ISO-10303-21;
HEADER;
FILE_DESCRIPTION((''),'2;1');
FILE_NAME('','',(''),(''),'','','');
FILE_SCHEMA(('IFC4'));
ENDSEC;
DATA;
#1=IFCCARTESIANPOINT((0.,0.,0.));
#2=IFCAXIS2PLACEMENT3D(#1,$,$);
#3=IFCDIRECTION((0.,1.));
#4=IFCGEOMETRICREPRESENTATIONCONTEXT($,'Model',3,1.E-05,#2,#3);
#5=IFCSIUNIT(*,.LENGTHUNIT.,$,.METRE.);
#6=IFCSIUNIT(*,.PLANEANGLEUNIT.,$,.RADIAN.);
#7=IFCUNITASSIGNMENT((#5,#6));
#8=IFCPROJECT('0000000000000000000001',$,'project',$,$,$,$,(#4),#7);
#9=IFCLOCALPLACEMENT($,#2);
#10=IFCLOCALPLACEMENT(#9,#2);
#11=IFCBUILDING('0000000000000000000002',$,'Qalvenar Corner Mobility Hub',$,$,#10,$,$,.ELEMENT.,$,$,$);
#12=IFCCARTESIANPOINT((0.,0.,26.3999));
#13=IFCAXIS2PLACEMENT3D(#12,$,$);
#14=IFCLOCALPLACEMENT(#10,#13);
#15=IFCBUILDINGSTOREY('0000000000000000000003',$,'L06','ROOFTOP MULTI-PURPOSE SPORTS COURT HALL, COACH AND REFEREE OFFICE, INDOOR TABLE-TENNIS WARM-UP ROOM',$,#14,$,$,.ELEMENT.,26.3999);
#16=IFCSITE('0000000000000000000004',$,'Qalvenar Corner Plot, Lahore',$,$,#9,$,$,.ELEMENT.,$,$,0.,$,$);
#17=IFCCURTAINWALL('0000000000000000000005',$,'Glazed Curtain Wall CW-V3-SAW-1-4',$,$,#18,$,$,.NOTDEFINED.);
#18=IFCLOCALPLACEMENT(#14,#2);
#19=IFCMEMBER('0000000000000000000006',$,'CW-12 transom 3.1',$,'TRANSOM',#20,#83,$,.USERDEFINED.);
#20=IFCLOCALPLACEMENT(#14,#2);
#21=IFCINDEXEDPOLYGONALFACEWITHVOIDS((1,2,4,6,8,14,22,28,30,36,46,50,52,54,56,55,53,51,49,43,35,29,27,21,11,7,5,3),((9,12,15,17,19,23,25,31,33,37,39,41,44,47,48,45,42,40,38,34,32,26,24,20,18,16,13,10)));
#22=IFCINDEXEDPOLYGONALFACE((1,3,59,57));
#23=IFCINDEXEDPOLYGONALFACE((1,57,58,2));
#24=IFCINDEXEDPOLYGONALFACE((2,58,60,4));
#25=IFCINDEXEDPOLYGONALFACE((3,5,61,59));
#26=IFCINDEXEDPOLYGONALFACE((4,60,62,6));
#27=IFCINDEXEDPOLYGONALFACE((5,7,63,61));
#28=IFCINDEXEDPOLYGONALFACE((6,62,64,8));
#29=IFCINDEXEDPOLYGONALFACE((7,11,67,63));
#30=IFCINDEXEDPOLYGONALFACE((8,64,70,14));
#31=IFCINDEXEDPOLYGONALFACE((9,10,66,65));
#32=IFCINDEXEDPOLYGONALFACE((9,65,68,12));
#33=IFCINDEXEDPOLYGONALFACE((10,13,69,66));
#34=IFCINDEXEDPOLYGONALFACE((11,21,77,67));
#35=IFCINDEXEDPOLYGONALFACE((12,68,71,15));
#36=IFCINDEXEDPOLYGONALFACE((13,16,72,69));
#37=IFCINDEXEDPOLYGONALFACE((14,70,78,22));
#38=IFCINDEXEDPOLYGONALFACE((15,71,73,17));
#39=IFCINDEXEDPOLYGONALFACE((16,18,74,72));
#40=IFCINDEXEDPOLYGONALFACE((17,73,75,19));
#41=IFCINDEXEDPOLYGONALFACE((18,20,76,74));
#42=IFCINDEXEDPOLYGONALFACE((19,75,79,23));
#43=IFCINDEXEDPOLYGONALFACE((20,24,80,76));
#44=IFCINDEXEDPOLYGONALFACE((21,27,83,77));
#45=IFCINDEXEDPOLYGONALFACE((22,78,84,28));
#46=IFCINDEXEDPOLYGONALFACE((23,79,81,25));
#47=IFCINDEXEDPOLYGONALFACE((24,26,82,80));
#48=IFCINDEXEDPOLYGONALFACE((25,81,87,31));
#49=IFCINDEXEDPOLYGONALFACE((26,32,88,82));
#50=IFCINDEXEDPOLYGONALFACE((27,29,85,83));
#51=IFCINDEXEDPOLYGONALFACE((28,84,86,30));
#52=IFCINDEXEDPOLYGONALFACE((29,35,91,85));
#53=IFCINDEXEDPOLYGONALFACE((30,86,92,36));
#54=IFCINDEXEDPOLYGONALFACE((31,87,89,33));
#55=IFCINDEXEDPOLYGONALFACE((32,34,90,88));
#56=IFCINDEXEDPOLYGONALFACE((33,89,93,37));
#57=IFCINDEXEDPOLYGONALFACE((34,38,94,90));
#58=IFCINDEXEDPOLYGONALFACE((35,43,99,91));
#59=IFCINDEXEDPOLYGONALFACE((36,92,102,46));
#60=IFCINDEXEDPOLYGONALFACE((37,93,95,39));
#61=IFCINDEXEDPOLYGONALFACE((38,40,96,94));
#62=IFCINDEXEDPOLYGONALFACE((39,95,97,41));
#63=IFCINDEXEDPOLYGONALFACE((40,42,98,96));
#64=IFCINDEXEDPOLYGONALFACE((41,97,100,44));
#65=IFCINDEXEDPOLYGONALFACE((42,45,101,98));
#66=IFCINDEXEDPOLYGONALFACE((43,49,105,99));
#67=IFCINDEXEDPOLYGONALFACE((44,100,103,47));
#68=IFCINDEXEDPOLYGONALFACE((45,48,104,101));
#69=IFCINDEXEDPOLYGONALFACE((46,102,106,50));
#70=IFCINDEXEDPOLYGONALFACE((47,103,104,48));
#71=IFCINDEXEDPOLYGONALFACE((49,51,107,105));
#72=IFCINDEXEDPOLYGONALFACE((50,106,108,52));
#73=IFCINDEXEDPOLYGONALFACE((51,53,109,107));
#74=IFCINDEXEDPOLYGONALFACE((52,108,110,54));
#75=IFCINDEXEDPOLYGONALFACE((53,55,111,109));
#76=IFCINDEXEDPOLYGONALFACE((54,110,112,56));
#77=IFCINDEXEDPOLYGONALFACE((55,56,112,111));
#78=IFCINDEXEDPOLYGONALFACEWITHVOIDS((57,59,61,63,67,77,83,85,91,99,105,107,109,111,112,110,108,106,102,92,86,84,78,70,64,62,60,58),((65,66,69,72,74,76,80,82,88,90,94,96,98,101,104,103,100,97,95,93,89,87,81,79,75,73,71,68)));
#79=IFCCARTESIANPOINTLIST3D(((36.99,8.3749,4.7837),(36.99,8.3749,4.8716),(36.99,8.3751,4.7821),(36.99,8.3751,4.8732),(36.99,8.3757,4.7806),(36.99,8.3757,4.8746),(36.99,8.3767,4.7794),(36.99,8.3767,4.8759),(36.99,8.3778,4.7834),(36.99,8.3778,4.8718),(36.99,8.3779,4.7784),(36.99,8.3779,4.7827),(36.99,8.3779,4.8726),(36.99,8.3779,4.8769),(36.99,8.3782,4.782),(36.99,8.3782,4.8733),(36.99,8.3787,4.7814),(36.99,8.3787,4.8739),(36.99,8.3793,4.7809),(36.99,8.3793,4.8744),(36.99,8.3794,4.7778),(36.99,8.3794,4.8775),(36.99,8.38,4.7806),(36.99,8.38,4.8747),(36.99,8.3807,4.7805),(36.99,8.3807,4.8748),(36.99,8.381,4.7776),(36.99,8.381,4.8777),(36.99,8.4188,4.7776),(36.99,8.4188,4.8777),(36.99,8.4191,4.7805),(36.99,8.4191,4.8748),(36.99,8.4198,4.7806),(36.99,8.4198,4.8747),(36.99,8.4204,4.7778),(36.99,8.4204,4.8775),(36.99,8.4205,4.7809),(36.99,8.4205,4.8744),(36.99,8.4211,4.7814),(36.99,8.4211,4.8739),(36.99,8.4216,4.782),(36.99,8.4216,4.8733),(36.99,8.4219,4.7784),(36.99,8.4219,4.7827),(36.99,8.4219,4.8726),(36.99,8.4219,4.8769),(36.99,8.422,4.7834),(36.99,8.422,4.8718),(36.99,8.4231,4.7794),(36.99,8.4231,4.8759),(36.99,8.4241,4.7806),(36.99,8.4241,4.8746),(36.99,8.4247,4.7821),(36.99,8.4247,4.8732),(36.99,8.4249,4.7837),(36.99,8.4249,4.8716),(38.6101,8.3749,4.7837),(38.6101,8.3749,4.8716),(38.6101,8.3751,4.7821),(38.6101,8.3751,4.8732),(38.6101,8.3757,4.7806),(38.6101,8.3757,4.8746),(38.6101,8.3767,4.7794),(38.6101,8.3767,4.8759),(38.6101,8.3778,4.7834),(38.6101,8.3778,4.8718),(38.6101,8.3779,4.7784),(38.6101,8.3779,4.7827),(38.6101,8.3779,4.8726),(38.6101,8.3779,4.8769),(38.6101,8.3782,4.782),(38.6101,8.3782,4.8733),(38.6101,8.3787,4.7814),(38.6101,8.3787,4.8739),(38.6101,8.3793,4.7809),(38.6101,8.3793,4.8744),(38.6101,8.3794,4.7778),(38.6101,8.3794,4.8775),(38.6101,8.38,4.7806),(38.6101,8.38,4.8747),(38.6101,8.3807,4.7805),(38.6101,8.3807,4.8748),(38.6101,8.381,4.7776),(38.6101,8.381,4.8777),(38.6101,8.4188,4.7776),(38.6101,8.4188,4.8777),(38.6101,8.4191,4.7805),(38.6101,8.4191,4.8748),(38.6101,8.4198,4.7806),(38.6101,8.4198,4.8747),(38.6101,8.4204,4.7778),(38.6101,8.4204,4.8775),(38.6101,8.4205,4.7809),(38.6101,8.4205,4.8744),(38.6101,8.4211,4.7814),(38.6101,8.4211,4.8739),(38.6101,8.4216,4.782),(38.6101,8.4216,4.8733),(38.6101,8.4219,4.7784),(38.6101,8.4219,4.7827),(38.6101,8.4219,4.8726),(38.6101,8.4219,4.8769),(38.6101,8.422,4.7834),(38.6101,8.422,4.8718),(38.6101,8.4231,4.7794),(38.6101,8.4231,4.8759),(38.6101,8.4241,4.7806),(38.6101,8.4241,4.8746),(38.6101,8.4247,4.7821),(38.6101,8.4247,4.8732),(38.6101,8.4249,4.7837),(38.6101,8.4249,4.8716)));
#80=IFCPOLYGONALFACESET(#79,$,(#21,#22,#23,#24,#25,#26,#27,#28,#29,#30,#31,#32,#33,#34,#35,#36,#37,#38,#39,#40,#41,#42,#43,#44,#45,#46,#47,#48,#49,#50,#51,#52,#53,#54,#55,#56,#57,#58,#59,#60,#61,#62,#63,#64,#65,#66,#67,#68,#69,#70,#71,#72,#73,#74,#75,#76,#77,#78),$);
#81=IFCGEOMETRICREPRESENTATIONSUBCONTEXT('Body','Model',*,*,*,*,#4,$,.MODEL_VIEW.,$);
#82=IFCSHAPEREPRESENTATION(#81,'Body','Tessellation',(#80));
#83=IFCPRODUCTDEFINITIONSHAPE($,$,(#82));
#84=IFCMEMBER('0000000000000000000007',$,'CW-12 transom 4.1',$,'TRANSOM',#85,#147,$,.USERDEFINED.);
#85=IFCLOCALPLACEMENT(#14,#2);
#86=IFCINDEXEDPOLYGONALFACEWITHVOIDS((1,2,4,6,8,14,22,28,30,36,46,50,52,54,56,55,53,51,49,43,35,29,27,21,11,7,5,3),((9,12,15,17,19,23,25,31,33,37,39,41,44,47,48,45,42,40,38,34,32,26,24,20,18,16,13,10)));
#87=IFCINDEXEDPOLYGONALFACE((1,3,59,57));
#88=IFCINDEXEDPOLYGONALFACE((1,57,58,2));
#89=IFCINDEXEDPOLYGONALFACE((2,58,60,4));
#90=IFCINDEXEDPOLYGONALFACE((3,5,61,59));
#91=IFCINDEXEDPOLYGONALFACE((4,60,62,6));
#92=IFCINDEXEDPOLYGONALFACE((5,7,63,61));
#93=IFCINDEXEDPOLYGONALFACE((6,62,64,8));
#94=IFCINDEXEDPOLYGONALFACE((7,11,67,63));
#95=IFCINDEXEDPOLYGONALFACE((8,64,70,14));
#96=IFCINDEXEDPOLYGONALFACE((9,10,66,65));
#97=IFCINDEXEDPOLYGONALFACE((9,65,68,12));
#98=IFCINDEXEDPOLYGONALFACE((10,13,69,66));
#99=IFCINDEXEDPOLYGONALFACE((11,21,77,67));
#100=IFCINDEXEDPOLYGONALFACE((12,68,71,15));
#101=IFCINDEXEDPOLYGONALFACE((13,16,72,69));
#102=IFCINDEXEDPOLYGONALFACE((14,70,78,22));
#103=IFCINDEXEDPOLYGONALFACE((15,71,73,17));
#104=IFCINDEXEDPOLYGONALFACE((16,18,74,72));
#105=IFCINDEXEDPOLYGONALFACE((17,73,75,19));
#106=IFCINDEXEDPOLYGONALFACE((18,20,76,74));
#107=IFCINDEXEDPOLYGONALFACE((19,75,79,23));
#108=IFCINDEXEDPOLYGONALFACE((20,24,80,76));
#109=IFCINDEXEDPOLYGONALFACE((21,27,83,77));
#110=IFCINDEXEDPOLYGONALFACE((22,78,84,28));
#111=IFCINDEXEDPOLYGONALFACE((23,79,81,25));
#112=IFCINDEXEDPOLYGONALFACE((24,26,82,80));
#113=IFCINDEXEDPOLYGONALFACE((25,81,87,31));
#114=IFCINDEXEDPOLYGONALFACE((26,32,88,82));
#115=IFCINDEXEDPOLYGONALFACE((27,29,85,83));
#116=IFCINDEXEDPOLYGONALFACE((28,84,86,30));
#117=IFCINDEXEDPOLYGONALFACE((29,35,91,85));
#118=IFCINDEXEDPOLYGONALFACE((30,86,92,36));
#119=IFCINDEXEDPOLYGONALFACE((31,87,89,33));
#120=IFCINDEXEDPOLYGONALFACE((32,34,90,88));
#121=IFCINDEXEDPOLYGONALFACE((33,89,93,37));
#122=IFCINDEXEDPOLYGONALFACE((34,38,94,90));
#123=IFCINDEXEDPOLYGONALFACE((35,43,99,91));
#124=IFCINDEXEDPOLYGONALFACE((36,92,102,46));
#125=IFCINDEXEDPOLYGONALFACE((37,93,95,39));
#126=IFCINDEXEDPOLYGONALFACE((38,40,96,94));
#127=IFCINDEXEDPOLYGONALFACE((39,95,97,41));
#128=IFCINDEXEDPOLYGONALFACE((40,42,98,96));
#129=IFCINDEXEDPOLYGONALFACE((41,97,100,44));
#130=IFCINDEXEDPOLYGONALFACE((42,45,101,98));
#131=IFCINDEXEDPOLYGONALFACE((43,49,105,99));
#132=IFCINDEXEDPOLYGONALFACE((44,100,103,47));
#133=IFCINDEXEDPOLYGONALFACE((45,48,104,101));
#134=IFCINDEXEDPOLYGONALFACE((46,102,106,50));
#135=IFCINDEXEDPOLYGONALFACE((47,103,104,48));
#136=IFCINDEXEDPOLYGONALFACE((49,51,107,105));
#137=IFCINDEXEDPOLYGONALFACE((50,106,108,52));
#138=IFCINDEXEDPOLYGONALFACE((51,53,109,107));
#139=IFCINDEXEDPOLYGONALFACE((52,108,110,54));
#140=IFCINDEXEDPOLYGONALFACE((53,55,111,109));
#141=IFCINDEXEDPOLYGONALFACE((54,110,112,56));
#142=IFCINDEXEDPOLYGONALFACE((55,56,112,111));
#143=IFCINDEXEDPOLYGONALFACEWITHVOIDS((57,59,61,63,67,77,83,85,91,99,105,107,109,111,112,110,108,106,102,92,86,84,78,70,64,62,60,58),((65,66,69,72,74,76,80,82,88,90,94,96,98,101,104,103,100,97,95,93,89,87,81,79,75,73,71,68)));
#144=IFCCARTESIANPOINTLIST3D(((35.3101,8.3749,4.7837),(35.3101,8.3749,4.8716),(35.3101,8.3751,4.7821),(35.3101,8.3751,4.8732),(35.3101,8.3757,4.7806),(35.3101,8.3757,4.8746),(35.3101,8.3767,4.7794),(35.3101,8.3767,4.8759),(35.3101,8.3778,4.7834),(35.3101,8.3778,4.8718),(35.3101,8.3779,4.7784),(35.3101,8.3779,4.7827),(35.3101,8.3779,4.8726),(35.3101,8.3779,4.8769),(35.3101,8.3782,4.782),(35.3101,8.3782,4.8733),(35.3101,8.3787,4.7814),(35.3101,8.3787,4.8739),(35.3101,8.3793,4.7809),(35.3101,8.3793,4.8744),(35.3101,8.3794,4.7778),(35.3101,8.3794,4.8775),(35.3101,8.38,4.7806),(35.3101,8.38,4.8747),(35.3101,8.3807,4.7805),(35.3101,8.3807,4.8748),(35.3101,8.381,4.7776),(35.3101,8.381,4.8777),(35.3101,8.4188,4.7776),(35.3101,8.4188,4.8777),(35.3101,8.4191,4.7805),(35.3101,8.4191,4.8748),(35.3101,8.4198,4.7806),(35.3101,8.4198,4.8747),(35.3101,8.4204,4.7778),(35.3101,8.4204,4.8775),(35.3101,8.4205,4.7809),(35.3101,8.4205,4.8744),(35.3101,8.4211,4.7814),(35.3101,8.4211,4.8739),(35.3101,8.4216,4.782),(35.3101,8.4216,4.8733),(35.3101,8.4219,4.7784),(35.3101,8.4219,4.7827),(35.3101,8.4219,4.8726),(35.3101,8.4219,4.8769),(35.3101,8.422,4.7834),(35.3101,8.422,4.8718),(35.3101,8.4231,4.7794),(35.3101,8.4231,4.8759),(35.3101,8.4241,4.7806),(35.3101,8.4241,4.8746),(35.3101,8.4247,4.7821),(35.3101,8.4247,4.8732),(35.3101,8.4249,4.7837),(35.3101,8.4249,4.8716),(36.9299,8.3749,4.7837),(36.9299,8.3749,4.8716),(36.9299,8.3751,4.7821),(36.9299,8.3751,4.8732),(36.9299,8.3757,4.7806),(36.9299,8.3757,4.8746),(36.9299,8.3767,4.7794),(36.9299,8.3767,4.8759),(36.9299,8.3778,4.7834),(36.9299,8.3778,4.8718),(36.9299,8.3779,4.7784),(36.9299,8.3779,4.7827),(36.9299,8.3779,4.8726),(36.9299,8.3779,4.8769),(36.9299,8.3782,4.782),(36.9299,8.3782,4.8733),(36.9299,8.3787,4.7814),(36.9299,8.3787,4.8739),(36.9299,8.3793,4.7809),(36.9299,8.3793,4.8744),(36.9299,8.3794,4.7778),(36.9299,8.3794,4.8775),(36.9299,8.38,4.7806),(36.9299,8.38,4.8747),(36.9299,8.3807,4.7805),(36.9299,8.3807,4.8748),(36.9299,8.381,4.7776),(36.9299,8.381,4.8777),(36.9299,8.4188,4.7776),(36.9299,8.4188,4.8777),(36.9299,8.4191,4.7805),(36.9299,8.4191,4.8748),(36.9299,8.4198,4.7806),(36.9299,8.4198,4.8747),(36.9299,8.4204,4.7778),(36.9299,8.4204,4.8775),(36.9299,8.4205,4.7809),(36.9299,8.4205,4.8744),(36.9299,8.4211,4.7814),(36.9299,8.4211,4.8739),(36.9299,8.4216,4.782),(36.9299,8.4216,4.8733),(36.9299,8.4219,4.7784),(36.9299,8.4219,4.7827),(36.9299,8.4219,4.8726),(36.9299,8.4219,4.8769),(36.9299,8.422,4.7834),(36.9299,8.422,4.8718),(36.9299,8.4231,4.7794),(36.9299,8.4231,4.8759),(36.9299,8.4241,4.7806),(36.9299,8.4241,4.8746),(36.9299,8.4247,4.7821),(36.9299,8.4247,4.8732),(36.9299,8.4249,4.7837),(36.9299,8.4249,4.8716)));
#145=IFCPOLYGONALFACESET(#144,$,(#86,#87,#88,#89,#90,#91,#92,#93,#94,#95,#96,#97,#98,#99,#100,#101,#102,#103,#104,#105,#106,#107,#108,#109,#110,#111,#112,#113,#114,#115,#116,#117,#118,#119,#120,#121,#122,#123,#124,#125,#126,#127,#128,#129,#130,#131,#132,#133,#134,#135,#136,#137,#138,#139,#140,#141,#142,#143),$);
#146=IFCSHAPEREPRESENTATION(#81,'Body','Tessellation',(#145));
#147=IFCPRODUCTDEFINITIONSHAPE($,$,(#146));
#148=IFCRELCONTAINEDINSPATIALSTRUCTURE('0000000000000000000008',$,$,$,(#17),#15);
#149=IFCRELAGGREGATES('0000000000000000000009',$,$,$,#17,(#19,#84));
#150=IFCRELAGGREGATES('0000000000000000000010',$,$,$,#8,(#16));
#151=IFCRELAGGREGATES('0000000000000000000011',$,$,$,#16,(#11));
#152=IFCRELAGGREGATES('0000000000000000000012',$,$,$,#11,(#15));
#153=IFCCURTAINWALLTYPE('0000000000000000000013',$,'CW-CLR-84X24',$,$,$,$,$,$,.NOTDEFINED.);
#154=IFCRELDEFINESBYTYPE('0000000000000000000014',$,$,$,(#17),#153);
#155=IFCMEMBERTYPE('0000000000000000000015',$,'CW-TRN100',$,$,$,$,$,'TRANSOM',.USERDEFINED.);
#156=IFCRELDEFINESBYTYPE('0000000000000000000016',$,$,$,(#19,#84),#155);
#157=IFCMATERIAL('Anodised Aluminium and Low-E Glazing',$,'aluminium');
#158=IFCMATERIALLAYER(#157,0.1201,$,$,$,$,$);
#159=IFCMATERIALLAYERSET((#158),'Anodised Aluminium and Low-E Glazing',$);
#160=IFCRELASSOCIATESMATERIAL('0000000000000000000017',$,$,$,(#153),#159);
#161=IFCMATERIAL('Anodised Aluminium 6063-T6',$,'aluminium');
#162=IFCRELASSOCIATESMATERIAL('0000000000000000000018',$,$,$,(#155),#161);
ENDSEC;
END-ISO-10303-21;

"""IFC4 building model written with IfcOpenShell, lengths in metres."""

from ifc_helpers import new_model, si_unit, direction, frame, origin, origin_2d, place, context, subcontext, project, spatial, hollow_rectangle, extrude, material, layer, layer_set, material_profile, profile_set, type_object, element, aggregate, save


model = new_model("IFC4")

# Units and contexts
model_context = context("Model", 3, precision=1e-05, world=origin(), true_north=direction((0.0, 1.0)))
body_context = subcontext(model_context, "Body", "Model", "MODEL_VIEW")
ifc_project = project(units=[si_unit("LENGTHUNIT", "METRE"), si_unit("PLANEANGLEUNIT", "RADIAN")], contexts=[model_context])

# Site, building, storey
site_placement = place(None, origin())
site = spatial("IfcSite", under=ifc_project, at=site_placement, Name="Qalvenar Corner Plot, Lahore", CompositionType="ELEMENT", RefElevation=0.0)
building_placement = place(site_placement, origin())
building = spatial("IfcBuilding", under=site, at=building_placement, Name="Qalvenar Corner Mobility Hub", CompositionType="ELEMENT")
storey_placement = place(building_placement, frame((0.0, 0.0, 26.3999)))
storey = spatial("IfcBuildingStorey", under=building, at=storey_placement, Name="L06", Description="ROOFTOP MULTI-PURPOSE SPORTS COURT HALL, COACH AND REFEREE OFFICE, INDOOR TABLE-TENNIS WARM-UP ROOM", CompositionType="ELEMENT", Elevation=26.3999)

# Curtain wall
ifc_material_1 = material(Name="Anodised Aluminium and Low-E Glazing", Category="aluminium")
ifc_layer_1 = layer(ifc_material_1, 0.1201)
ifc_layer_set_1 = layer_set([ifc_layer_1], Name="Anodised Aluminium and Low-E Glazing")
curtain_wall_type_1 = type_object("IfcCurtainWallType", Name="CW-CLR-84X24", PredefinedType="NOTDEFINED", material=ifc_layer_set_1)
curtain_wall_1_placement = place(storey_placement, origin())
curtain_wall_1 = element("IfcCurtainWall", 1, at=curtain_wall_1_placement, inside=storey, type_object=curtain_wall_type_1, Name="Glazed Curtain Wall CW-V3-SAW-1-4", PredefinedType="NOTDEFINED")
ifc_material_2 = material(Name="Anodised Aluminium 6063-T6", Category="aluminium")

# Members
ifc_material_profile_1 = material_profile(ifc_material_2, hollow_rectangle(XDim=0.05, YDim=0.1001, WallThickness=0.0029, InnerFilletRadius=0.0029, OuterFilletRadius=0.0061, at=origin_2d()), Name="RHS100x50x3")
ifc_profile_set_1 = profile_set([ifc_material_profile_1], Name="Anodised Aluminium 6063-T6")
member_type_1 = type_object("IfcMemberType", Name="CW-TRN100", ElementType="TRANSOM", PredefinedType="USERDEFINED", material=ifc_profile_set_1)
member_1_placement = place(storey_placement, frame((38.6101, 8.3999, 4.8276), z_axis=(-1.0, 0.0, 0.0), x_axis=(0.0, -1.0, 0.0)))
member_1 = element("IfcMember", 2, at=member_1_placement, type_object=member_type_1, Name="CW-12 transom 3.1", ObjectType="TRANSOM", PredefinedType="USERDEFINED", context=body_context, shape_type="SweptSolid", body=[
    extrude(hollow_rectangle(XDim=0.05, YDim=0.1001, WallThickness=0.0029, InnerFilletRadius=0.0029, OuterFilletRadius=0.0061, at=origin_2d()), origin(), (0.0, 0.0, 1.0), 1.6201),
])
member_2_placement = place(storey_placement, frame((36.9299, 8.3999, 4.8276), z_axis=(-1.0, 0.0, 0.0), x_axis=(0.0, -1.0, 0.0)))
member_2 = element("IfcMember", 3, at=member_2_placement, type_object=member_type_1, Name="CW-12 transom 4.1", ObjectType="TRANSOM", PredefinedType="USERDEFINED", context=body_context, shape_type="SweptSolid", body=[
    extrude(hollow_rectangle(XDim=0.05, YDim=0.1001, WallThickness=0.0029, InnerFilletRadius=0.0029, OuterFilletRadius=0.0061, at=origin_2d()), origin(), (0.0, 0.0, 1.0), 1.6199),
])

aggregate(curtain_wall_1, [member_1, member_2])

save(model, "model.ifc")
